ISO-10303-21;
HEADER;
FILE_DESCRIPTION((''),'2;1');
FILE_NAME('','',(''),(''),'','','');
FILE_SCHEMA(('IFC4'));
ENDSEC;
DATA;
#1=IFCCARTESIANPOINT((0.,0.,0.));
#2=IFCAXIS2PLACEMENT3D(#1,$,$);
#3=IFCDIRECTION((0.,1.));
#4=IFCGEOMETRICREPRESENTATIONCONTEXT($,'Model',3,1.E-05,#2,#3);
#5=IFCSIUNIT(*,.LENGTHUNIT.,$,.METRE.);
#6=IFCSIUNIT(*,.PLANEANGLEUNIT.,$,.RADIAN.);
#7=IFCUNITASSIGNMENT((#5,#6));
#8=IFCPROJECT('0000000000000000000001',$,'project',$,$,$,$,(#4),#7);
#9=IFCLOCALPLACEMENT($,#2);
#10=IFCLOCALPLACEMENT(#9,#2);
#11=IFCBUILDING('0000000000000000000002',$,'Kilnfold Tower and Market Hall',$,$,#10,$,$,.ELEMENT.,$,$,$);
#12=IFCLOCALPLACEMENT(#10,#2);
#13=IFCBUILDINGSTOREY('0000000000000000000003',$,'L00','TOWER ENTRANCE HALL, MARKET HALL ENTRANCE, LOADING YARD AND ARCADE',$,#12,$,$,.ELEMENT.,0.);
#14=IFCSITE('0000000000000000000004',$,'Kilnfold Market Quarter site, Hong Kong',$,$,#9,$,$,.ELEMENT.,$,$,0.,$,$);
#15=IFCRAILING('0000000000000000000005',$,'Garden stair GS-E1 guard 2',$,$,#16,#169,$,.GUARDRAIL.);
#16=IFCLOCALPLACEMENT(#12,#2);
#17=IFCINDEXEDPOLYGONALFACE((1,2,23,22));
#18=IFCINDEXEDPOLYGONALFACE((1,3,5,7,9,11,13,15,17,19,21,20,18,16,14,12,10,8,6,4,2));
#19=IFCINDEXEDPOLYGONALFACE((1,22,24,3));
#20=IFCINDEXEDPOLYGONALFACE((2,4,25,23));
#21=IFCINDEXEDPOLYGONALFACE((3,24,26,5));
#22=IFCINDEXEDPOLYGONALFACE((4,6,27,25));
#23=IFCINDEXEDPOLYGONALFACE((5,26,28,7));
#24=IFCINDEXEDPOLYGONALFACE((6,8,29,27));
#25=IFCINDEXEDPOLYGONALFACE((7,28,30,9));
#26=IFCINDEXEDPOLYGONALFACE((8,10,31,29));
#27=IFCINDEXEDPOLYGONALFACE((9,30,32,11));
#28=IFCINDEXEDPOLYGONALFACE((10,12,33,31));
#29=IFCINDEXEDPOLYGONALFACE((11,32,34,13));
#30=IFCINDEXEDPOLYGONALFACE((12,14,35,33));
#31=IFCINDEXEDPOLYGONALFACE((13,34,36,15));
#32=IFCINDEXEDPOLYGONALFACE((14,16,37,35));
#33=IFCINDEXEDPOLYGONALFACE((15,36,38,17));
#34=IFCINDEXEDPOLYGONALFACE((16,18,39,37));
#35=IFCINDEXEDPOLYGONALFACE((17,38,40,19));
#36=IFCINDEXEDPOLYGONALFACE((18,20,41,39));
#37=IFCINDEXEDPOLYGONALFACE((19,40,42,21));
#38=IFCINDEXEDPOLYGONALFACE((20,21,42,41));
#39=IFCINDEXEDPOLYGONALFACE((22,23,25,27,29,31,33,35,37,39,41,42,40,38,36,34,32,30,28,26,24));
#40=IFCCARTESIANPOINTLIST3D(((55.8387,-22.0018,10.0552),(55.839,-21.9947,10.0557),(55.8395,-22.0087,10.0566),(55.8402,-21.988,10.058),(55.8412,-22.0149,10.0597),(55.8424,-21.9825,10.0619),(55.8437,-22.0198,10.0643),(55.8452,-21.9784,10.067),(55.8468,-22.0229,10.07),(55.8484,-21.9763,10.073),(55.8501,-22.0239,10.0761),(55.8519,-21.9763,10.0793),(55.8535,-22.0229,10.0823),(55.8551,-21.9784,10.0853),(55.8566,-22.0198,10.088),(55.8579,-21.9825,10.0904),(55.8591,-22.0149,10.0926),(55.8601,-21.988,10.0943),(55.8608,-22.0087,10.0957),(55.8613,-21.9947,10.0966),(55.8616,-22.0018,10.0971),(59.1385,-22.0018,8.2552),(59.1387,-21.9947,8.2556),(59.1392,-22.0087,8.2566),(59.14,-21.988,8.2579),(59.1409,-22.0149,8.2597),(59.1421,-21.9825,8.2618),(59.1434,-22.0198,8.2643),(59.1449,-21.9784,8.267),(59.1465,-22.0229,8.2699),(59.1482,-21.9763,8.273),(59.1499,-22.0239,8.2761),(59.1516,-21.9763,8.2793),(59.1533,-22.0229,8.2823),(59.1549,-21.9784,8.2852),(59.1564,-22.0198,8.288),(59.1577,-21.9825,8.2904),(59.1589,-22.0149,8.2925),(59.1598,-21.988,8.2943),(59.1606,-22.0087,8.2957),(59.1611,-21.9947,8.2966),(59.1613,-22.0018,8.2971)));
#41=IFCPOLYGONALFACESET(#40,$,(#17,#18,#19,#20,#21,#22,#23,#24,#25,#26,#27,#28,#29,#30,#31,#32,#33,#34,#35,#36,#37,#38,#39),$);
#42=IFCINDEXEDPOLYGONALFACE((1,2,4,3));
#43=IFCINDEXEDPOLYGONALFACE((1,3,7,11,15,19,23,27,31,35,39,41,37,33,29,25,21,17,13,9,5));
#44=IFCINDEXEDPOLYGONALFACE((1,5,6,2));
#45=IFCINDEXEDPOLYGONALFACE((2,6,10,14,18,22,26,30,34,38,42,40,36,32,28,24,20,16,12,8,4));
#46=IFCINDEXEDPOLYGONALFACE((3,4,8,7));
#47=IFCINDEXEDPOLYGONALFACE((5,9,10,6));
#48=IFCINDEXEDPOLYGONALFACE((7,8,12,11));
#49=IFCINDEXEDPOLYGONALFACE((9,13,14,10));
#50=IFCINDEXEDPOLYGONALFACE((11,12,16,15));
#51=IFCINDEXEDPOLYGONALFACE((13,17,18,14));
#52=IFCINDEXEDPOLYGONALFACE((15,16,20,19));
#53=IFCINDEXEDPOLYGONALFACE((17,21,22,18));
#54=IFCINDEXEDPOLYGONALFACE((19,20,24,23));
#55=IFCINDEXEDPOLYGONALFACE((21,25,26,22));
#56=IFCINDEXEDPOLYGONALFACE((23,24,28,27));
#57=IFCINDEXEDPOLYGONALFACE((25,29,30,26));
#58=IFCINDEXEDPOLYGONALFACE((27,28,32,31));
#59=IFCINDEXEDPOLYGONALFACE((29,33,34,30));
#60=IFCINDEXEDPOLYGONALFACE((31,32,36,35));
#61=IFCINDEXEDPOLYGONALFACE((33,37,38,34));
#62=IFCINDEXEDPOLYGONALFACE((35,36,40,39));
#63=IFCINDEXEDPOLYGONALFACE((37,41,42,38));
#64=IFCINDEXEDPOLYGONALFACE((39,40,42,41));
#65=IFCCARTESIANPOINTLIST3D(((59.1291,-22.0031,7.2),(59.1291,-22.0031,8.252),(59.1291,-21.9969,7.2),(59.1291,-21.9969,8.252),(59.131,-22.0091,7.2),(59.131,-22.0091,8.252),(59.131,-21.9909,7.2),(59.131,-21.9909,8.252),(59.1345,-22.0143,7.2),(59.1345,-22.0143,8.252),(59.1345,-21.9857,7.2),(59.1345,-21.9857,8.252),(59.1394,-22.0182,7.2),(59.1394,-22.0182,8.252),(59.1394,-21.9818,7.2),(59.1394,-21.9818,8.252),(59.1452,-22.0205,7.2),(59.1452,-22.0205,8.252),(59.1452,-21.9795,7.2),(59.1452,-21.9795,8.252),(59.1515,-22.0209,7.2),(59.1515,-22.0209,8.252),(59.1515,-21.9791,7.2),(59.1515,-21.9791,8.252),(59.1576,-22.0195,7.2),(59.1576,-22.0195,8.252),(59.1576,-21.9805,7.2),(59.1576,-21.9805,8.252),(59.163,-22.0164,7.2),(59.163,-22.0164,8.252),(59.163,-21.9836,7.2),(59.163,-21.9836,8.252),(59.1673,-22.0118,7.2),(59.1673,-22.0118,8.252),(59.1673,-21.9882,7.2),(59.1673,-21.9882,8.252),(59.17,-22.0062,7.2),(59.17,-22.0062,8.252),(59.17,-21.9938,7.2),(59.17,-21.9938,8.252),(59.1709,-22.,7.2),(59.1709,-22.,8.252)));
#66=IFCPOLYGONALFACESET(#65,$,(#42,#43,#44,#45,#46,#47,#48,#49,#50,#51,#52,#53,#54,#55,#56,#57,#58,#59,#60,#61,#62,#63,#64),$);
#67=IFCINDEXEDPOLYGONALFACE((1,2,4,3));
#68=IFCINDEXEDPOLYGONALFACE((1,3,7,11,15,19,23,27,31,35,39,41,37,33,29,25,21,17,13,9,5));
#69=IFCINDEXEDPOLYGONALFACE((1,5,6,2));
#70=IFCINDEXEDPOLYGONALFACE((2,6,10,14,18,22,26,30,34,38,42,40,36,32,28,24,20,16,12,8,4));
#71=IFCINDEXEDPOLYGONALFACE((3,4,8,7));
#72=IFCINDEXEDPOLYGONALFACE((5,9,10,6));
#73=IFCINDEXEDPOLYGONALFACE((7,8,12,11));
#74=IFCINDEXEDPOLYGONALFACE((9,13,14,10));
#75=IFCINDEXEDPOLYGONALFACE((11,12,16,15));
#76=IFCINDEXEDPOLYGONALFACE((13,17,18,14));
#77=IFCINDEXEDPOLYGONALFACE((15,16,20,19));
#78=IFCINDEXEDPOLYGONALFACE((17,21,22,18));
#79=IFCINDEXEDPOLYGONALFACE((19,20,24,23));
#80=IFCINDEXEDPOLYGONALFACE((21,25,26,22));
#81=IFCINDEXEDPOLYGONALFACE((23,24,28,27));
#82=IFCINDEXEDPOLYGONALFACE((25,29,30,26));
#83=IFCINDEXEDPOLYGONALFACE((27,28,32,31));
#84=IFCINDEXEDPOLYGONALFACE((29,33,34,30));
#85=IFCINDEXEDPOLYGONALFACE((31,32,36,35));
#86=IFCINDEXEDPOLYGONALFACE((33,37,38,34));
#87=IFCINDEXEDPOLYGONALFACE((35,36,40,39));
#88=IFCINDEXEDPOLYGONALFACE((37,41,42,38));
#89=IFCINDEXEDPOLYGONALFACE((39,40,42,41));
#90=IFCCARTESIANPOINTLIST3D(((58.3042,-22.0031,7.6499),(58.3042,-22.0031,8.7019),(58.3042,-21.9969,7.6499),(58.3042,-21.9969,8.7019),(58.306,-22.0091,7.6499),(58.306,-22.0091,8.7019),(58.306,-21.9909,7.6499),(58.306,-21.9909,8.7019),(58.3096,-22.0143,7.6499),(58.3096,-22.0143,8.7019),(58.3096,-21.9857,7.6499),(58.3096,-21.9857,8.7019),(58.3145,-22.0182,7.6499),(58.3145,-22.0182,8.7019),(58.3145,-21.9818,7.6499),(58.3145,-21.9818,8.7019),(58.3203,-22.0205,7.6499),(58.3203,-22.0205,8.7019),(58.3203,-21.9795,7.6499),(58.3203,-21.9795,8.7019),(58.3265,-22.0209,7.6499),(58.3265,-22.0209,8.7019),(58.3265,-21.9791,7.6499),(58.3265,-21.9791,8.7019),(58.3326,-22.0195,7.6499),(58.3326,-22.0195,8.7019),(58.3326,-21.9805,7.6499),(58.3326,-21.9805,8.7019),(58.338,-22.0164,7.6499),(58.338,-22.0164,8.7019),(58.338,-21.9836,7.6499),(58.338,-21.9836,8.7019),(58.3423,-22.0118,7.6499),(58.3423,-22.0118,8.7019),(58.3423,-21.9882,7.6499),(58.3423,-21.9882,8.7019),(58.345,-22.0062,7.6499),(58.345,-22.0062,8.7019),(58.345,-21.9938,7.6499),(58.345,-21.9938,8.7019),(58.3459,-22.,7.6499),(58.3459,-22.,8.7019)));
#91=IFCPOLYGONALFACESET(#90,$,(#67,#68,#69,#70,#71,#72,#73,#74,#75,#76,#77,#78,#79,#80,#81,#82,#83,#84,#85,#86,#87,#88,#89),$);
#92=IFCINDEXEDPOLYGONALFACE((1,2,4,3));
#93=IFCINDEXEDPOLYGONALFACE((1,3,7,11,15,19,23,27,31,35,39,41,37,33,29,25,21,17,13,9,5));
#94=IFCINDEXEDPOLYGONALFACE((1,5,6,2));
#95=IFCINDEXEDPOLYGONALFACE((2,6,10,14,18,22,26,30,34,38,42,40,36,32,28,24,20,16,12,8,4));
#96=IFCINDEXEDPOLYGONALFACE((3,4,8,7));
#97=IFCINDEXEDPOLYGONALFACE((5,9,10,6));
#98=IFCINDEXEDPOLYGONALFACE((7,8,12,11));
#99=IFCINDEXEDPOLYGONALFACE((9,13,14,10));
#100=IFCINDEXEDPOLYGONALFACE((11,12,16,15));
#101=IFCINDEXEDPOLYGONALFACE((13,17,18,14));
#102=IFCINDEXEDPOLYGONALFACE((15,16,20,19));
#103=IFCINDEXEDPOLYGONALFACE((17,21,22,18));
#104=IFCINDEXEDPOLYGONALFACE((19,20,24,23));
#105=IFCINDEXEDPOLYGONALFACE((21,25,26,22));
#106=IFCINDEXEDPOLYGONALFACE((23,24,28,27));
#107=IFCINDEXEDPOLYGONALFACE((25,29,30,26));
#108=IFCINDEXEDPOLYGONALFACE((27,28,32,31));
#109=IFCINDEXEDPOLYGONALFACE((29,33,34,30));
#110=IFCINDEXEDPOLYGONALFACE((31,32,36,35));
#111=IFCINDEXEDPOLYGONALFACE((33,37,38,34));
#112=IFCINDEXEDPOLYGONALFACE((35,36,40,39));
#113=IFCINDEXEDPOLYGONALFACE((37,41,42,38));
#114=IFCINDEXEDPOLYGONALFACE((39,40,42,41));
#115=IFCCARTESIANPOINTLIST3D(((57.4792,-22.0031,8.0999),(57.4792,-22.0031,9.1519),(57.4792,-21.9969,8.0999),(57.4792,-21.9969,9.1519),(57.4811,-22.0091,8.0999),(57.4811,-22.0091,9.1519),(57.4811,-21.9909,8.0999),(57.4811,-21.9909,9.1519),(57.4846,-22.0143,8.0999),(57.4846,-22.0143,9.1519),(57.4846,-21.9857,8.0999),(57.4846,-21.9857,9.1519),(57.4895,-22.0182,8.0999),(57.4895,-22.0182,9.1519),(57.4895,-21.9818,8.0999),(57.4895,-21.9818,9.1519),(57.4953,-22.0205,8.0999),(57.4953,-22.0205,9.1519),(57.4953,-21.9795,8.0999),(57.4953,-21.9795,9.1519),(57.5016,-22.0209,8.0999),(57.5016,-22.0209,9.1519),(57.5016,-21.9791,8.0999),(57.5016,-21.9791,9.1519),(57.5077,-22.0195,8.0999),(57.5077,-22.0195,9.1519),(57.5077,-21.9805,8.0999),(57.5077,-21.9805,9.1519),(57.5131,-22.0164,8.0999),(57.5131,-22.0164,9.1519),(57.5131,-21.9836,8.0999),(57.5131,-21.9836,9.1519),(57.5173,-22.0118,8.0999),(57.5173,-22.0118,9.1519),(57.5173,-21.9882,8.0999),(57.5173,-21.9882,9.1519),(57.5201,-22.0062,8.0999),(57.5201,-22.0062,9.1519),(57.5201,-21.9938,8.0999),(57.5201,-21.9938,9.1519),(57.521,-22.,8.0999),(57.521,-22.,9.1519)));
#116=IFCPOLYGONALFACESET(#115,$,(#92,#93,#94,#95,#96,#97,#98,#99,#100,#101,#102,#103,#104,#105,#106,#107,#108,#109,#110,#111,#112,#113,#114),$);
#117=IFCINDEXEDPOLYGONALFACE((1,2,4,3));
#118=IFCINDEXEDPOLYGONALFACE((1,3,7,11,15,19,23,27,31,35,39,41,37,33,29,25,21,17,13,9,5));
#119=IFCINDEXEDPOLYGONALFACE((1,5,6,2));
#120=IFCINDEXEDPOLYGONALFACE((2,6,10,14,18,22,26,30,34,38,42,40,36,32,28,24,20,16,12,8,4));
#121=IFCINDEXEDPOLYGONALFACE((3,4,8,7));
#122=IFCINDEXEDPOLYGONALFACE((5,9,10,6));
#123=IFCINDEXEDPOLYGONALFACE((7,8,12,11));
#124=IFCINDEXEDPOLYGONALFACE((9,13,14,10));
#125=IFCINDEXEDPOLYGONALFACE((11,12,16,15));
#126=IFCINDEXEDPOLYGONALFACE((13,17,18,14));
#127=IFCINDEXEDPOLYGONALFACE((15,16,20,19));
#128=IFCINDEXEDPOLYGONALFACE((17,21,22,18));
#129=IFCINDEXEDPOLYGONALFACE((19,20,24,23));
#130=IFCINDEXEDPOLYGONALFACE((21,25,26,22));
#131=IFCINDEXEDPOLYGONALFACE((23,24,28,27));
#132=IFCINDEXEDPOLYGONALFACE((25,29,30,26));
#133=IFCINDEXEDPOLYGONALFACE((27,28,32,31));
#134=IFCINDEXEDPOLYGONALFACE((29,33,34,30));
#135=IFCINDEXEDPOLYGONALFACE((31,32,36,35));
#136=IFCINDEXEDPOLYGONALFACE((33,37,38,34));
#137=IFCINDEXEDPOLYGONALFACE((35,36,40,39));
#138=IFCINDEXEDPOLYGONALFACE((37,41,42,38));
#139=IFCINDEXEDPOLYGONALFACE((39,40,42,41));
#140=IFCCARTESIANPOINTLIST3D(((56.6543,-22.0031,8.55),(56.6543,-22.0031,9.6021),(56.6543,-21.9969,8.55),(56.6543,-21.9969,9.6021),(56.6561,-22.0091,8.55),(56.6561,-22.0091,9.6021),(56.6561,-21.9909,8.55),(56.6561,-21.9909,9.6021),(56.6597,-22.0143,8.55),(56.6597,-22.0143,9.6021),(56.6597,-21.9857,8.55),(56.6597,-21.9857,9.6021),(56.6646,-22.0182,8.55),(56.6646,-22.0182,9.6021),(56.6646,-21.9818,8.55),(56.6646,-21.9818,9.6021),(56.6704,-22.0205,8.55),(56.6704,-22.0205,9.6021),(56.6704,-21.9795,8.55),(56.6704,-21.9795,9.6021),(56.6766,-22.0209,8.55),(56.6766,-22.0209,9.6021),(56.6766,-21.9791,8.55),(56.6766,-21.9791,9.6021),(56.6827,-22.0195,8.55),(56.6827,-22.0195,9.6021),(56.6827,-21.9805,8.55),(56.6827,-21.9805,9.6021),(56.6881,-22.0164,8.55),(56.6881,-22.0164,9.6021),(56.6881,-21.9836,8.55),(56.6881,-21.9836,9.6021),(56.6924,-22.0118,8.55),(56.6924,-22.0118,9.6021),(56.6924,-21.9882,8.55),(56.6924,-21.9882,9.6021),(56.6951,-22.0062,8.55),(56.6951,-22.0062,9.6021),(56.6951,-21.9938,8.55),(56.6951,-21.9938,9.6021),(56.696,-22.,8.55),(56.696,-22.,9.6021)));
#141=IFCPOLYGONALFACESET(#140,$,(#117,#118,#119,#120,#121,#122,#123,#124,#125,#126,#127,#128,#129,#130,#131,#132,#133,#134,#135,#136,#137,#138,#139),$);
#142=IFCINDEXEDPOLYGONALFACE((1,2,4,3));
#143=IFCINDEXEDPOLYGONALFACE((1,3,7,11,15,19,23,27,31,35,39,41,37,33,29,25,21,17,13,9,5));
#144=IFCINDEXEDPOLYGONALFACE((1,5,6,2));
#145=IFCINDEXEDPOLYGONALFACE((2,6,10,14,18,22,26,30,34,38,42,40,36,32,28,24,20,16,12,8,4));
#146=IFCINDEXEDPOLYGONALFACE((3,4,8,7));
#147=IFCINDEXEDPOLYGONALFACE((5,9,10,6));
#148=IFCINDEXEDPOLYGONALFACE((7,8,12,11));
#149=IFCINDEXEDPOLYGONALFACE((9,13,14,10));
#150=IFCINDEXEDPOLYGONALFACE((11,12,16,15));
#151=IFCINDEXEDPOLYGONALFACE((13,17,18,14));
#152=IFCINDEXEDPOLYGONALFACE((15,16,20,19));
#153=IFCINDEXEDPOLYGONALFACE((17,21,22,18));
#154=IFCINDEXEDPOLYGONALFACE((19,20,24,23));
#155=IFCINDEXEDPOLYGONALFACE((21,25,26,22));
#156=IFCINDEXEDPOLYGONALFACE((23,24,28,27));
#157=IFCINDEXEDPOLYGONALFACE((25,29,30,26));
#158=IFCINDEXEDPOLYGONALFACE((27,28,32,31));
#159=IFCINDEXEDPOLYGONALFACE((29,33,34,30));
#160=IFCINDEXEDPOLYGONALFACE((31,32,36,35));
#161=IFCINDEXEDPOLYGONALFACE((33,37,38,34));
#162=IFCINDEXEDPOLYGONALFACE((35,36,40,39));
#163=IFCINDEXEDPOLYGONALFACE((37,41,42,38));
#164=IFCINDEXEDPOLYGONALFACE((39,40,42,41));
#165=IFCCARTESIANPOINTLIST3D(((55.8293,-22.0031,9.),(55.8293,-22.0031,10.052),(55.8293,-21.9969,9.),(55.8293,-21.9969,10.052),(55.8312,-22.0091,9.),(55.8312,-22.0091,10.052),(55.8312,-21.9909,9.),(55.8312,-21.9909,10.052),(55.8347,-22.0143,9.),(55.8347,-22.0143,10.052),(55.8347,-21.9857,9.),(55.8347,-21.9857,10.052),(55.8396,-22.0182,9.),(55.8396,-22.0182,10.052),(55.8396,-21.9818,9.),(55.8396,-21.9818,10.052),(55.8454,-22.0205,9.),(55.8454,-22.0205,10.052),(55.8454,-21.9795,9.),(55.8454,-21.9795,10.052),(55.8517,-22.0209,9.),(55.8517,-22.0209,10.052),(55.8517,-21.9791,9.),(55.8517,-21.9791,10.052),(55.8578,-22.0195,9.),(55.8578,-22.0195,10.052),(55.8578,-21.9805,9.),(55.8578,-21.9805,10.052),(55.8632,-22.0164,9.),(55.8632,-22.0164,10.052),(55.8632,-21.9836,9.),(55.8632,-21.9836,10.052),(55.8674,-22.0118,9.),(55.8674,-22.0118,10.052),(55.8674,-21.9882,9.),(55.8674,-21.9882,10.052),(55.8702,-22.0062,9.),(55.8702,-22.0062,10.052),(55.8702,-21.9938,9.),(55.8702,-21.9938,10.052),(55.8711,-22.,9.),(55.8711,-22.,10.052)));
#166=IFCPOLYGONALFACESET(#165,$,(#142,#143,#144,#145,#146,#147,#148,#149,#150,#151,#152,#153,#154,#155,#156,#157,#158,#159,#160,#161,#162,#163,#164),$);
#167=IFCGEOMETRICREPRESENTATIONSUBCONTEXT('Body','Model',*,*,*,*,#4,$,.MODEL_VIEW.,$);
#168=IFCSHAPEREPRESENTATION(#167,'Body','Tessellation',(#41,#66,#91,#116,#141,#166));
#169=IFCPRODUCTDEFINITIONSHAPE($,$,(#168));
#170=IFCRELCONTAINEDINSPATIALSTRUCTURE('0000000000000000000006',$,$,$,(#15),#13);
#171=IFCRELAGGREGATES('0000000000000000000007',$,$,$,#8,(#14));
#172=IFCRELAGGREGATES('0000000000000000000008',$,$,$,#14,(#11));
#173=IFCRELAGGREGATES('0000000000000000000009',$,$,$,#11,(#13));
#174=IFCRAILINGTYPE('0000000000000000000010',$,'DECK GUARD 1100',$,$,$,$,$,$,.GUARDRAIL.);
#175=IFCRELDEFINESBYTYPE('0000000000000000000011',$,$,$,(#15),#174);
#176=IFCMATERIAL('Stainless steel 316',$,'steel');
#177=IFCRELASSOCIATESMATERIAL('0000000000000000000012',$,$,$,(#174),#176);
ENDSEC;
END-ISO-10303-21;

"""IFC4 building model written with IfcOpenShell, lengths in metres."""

from ifc_helpers import new_model, si_unit, direction, frame, origin, origin_2d, place, context, subcontext, project, spatial, circle, extrude, material, type_object, element, save


model = new_model("IFC4")

# Units and contexts
model_context = context("Model", 3, precision=1e-05, world=origin(), true_north=direction((0.0, 1.0)))
body_context = subcontext(model_context, "Body", "Model", "MODEL_VIEW")
ifc_project = project(units=[si_unit("LENGTHUNIT", "METRE"), si_unit("PLANEANGLEUNIT", "RADIAN")], contexts=[model_context])

# Site, building, storey
site_placement = place(None, origin())
site = spatial("IfcSite", under=ifc_project, at=site_placement, Name="Kilnfold Market Quarter site, Hong Kong", CompositionType="ELEMENT", RefElevation=0.0)
building_placement = place(site_placement, origin())
building = spatial("IfcBuilding", under=site, at=building_placement, Name="Kilnfold Tower and Market Hall", CompositionType="ELEMENT")
storey_placement = place(building_placement, origin())
storey = spatial("IfcBuildingStorey", under=building, at=storey_placement, Name="L00", Description="TOWER ENTRANCE HALL, MARKET HALL ENTRANCE, LOADING YARD AND ARCADE", CompositionType="ELEMENT", Elevation=0.0)

# Railing
ifc_material_1 = material(Name="Stainless steel 316", Category="steel")
railing_type_1 = type_object("IfcRailingType", Name="DECK GUARD 1100", PredefinedType="GUARDRAIL", material=ifc_material_1)
railing_1_placement = place(storey_placement, frame((59.1499, -22.0, 7.2)))
element("IfcRailing", 1, at=railing_1_placement, inside=storey, type_object=railing_type_1, Name="Garden stair GS-E1 guard 2", PredefinedType="GUARDRAIL", context=body_context, shape_type="SweptSolid", body=[
    extrude(circle(Radius=0.0239, at=origin_2d()), frame((0.0, 0.0, 1.0762), z_axis=(-0.877878, 0.0, 0.478884), x_axis=(0.0, -1.0, 0.0)), (0.0, 0.0, 1.0), 3.7588),
    extrude(circle(Radius=0.021, at=origin_2d()), origin(), (0.0, 0.0, 1.0), 1.052),
    extrude(circle(Radius=0.021, at=origin_2d()), frame((-0.825, 0.0, 0.45)), (0.0, 0.0, 1.0), 1.052),
    extrude(circle(Radius=0.021, at=origin_2d()), frame((-1.6499, 0.0, 0.8999)), (0.0, 0.0, 1.0), 1.052),
    extrude(circle(Radius=0.021, at=origin_2d()), frame((-2.4749, 0.0, 1.3501)), (0.0, 0.0, 1.0), 1.052),
    extrude(circle(Radius=0.021, at=origin_2d()), frame((-3.2998, 0.0, 1.8)), (0.0, 0.0, 1.0), 1.052),
])

save(model, "model.ifc")
